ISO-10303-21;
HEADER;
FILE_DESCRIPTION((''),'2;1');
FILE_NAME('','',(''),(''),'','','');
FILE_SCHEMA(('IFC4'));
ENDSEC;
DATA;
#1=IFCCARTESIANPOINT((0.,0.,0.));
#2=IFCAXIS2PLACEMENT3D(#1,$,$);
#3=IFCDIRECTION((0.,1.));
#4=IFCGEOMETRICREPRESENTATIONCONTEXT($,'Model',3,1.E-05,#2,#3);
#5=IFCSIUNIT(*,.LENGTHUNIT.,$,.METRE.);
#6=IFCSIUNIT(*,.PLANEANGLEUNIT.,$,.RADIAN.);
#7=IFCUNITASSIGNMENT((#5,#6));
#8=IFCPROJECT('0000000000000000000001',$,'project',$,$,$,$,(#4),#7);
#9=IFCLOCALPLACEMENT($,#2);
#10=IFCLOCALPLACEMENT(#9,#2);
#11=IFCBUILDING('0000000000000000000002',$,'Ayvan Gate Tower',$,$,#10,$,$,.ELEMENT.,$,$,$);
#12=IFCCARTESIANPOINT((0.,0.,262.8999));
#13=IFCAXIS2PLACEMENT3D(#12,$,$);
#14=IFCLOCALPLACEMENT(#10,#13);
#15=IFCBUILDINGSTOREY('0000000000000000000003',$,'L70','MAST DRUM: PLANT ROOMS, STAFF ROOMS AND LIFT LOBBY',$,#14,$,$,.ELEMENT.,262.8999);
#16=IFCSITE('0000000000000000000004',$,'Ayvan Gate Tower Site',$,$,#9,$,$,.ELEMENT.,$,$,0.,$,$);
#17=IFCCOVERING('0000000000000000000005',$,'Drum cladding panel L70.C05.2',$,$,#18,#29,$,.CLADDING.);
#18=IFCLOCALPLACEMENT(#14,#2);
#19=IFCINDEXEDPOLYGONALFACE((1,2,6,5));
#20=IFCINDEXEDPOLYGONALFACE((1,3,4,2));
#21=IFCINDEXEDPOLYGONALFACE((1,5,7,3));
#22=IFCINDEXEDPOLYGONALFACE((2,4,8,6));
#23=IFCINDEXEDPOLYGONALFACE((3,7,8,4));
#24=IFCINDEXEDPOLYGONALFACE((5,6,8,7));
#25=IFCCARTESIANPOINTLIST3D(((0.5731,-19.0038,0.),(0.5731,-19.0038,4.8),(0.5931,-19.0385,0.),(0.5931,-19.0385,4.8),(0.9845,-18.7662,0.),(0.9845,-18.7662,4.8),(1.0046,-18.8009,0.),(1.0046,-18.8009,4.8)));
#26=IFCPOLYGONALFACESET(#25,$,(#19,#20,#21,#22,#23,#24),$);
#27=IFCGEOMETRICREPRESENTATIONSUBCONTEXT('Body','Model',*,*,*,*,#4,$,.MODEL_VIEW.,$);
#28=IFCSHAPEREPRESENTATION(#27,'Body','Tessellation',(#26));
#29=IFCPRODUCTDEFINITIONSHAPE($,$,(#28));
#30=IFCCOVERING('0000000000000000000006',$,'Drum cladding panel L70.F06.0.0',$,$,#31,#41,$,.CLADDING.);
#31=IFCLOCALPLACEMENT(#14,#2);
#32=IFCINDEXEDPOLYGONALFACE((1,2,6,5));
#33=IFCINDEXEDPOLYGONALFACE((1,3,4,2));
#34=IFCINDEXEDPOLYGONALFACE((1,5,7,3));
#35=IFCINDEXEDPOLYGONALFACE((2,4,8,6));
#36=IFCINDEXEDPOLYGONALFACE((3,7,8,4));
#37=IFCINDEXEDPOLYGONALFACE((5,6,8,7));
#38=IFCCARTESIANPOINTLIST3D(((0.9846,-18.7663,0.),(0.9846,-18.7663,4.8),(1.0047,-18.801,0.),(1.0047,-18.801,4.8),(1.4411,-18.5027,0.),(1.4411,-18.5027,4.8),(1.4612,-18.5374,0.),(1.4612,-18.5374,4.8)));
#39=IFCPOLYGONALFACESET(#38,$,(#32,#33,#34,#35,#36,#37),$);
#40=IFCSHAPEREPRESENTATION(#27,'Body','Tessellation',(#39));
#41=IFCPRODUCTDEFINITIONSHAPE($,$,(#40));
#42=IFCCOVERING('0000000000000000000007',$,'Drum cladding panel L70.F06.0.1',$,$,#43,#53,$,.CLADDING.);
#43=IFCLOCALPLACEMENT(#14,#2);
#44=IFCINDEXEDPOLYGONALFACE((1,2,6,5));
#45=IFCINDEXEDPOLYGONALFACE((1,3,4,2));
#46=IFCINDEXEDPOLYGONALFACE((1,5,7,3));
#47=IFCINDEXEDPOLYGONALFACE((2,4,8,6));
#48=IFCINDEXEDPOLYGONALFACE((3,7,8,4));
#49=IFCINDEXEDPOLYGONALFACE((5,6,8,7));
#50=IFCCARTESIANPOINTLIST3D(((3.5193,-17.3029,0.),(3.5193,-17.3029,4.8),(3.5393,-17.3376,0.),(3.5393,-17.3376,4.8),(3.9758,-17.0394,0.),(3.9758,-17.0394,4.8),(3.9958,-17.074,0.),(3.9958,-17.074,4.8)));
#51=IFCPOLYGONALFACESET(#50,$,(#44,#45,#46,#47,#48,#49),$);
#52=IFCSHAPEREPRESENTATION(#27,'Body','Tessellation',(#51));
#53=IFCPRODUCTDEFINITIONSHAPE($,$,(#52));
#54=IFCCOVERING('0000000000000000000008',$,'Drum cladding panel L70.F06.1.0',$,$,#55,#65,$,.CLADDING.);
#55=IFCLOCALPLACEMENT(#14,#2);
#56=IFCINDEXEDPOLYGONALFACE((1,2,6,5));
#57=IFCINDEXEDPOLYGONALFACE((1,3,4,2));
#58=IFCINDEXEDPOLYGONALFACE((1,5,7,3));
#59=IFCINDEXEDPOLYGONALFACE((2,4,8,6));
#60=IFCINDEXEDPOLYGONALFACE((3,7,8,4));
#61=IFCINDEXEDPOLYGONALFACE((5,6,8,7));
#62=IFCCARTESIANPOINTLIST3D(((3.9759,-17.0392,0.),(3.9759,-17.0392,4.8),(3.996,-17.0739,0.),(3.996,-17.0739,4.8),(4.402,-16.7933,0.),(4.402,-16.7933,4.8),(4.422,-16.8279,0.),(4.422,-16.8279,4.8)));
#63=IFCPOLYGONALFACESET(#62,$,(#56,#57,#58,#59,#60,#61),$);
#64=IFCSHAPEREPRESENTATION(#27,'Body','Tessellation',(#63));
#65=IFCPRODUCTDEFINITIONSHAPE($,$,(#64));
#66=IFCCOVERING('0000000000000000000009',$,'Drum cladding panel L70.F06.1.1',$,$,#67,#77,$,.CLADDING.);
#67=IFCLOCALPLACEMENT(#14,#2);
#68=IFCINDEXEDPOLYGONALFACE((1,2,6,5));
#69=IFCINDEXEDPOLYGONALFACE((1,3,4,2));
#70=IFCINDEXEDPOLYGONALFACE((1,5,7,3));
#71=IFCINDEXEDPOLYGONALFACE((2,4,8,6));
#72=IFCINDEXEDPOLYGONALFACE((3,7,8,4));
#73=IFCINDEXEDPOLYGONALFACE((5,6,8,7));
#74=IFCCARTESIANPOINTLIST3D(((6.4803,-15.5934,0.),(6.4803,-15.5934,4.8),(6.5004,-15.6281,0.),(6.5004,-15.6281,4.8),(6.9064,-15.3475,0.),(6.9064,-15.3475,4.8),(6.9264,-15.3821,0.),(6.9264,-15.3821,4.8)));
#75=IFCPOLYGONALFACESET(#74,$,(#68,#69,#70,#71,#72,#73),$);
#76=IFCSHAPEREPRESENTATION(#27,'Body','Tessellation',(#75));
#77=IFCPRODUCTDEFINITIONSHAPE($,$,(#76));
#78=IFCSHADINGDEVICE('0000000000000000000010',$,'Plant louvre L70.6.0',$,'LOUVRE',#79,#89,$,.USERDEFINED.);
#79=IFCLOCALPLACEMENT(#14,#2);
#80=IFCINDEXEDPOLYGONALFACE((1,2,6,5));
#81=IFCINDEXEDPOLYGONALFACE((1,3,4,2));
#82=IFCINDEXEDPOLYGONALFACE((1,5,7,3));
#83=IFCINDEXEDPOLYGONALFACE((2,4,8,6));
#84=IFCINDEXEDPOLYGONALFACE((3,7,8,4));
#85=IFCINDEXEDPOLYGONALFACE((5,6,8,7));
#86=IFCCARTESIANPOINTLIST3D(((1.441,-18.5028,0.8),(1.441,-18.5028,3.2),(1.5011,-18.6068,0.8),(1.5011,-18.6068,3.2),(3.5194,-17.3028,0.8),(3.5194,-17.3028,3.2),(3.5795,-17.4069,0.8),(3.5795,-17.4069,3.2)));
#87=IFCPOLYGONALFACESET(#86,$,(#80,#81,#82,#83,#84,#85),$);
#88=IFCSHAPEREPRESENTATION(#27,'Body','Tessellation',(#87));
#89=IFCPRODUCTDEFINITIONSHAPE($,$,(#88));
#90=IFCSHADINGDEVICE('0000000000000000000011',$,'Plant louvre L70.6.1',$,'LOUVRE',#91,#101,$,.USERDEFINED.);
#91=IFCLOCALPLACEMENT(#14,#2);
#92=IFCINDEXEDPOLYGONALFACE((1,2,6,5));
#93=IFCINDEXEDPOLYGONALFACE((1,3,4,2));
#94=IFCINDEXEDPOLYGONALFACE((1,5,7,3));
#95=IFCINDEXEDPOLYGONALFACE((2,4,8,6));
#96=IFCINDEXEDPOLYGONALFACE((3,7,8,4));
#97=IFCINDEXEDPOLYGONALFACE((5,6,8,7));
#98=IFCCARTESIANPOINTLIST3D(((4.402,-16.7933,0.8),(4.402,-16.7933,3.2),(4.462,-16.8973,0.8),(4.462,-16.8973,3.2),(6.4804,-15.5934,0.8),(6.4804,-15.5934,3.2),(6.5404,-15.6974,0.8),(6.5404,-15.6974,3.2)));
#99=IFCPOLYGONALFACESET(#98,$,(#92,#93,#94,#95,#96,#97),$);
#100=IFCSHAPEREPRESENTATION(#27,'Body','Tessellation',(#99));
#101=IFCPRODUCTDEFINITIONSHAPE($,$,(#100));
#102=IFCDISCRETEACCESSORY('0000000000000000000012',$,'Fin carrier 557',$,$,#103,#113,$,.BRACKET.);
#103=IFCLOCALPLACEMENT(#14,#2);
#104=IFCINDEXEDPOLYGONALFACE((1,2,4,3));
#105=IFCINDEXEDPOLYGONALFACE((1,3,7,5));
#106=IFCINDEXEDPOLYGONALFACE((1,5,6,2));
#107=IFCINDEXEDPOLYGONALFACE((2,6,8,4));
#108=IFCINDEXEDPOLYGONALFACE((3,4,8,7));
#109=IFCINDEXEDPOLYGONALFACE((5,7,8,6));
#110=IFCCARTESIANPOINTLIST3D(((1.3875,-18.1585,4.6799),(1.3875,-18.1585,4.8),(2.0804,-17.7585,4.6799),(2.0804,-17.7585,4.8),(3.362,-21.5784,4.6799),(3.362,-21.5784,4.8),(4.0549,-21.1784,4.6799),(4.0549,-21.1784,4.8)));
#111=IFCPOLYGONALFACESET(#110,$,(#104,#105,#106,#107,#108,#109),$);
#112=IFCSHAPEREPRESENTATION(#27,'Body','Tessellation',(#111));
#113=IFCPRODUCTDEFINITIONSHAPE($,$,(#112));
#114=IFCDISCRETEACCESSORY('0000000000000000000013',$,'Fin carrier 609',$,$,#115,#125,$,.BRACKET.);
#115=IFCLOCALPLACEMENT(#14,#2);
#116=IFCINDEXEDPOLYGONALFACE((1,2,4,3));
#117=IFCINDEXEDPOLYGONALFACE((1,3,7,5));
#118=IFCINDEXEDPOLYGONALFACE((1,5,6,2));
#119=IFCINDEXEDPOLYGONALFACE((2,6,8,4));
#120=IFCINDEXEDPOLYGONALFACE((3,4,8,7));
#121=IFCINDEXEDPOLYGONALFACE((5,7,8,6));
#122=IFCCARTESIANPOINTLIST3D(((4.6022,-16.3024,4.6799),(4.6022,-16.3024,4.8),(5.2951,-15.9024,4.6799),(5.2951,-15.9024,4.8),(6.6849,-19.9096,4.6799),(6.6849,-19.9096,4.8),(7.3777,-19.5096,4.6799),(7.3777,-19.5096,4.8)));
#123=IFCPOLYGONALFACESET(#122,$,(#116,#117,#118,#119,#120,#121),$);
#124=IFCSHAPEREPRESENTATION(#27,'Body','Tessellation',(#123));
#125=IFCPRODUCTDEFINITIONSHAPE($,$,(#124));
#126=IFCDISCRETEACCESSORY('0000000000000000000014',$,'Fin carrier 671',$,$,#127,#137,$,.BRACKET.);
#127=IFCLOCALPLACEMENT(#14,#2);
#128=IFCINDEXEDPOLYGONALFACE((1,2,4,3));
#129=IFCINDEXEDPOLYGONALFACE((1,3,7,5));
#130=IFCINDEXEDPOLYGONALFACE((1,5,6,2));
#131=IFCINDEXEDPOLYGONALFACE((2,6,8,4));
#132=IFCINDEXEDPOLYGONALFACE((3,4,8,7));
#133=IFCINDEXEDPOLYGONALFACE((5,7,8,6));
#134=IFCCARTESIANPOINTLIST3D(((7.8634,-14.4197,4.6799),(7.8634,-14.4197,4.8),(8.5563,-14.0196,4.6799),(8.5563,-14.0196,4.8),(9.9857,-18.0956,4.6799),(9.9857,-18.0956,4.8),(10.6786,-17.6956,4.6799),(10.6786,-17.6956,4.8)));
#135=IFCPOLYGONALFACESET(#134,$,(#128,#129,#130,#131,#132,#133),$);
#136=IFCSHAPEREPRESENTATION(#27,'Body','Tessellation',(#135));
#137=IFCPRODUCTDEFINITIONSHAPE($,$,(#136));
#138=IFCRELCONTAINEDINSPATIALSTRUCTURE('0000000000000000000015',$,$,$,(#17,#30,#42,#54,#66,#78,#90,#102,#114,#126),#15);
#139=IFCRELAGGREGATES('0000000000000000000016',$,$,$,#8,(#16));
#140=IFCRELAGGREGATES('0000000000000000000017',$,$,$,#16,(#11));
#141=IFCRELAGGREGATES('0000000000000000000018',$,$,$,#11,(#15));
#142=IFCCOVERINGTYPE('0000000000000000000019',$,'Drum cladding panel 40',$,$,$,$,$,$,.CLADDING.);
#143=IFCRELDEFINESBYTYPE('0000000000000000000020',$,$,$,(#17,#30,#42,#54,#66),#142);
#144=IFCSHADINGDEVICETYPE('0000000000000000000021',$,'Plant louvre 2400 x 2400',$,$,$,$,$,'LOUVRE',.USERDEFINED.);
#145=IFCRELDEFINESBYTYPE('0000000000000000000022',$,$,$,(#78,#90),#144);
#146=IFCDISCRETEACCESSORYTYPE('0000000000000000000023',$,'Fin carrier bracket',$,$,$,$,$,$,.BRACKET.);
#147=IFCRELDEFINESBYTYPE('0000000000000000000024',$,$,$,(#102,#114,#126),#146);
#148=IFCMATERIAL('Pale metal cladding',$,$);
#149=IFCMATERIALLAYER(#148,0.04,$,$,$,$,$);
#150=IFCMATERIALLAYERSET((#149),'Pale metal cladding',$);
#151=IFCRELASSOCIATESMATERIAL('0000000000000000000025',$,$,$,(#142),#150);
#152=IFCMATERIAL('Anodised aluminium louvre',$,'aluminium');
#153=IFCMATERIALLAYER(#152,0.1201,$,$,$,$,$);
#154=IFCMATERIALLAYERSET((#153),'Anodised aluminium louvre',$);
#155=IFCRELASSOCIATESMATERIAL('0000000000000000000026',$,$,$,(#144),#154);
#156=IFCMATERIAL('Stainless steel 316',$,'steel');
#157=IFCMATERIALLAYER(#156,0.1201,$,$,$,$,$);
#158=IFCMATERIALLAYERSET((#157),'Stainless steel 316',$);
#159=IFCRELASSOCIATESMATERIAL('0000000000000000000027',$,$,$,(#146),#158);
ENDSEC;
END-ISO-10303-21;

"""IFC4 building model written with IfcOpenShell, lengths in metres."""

from ifc_helpers import new_model, si_unit, direction, frame, origin, origin_2d, place, context, subcontext, project, spatial, rectangle, extrude, material, layer, layer_set, type_object, element, save


model = new_model("IFC4")

# Units and contexts
model_context = context("Model", 3, precision=1e-05, world=origin(), true_north=direction((0.0, 1.0)))
body_context = subcontext(model_context, "Body", "Model", "MODEL_VIEW")
ifc_project = project(units=[si_unit("LENGTHUNIT", "METRE"), si_unit("PLANEANGLEUNIT", "RADIAN")], contexts=[model_context])

# Site, building, storey
site_placement = place(None, origin())
site = spatial("IfcSite", under=ifc_project, at=site_placement, Name="Ayvan Gate Tower Site", CompositionType="ELEMENT", RefElevation=0.0)
building_placement = place(site_placement, origin())
building = spatial("IfcBuilding", under=site, at=building_placement, Name="Ayvan Gate Tower", CompositionType="ELEMENT")
storey_placement = place(building_placement, frame((0.0, 0.0, 262.8999)))
storey = spatial("IfcBuildingStorey", under=building, at=storey_placement, Name="L70", Description="MAST DRUM: PLANT ROOMS, STAFF ROOMS AND LIFT LOBBY", CompositionType="ELEMENT", Elevation=262.8999)

# Shared definitions
ifc_material_1 = material(Name="Anodised aluminium louvre", Category="aluminium")

# Coverings
ifc_material_2 = material(Name="Pale metal cladding")
ifc_layer_1 = layer(ifc_material_2, 0.04)
ifc_layer_set_1 = layer_set([ifc_layer_1], Name="Pale metal cladding")
covering_type = type_object("IfcCoveringType", Name="Drum cladding panel 40", PredefinedType="CLADDING", material=ifc_layer_set_1)
covering_placement = place(storey_placement, frame((0.7888, -18.9023, 0.0), z_axis=(0.0, 0.0, 1.0), x_axis=(0.866025, 0.5, 0.0)))
element("IfcCovering", 1, at=covering_placement, inside=storey, type_object=covering_type, Name="Drum cladding panel L70.C05.2", PredefinedType="CLADDING", context=body_context, shape_type="SweptSolid", body=[
    extrude(rectangle(XDim=0.4751, YDim=0.04, at=origin_2d()), origin(), (0.0, 0.0, 1.0), 4.8),
])
for number, where, z_axis, x_axis, name in (
    (2, (1.2229, -18.6519, 0.0), (0.0, 0.0, 1.0), (0.866025, 0.5, 0.0), "Drum cladding panel L70.F06.0.0"),
    (3, (3.7576, -17.1885, 0.0), (0.0, 0.0, 1.0), (0.866025, 0.5, 0.0), "Drum cladding panel L70.F06.0.1"),
):
    element("IfcCovering", number, at=place(storey_placement, frame(where, z_axis=z_axis, x_axis=x_axis)), inside=storey, type_object=covering_type, Name=name, PredefinedType="CLADDING", context=body_context, shape_type="SweptSolid", body=[
        extrude(rectangle(XDim=0.5271, YDim=0.04, at=origin_2d()), origin(), (0.0, 0.0, 1.0), 4.8),
    ])
for number, where, z_axis, x_axis, name in (
    (4, (4.199, -16.9336, 0.0), (0.0, 0.0, 1.0), (0.866025, 0.5, 0.0), "Drum cladding panel L70.F06.1.0"),
    (5, (6.7034, -15.4878, 0.0), (0.0, 0.0, 1.0), (0.866025, 0.5, 0.0), "Drum cladding panel L70.F06.1.1"),
):
    element("IfcCovering", number, at=place(storey_placement, frame(where, z_axis=z_axis, x_axis=x_axis)), inside=storey, type_object=covering_type, Name=name, PredefinedType="CLADDING", context=body_context, shape_type="SweptSolid", body=[
        extrude(rectangle(XDim=0.4919, YDim=0.04, at=origin_2d()), origin(), (0.0, 0.0, 1.0), 4.8),
    ])

# Shading devices
ifc_layer_2 = layer(ifc_material_1, 0.1201)
ifc_layer_set_2 = layer_set([ifc_layer_2], Name="Anodised aluminium louvre")
shading_device_type_1 = type_object("IfcShadingDeviceType", Name="Plant louvre 2400 x 2400", ElementType="LOUVRE", PredefinedType="USERDEFINED", material=ifc_layer_set_2)
for number, where, z_axis, x_axis, name in (
    (6, (2.5103, -17.9548, 0.8), (0.0, 0.0, 1.0), (0.866025, 0.5, 0.0), "Plant louvre L70.6.0"),
    (7, (5.4712, -16.2454, 0.8), (0.0, 0.0, 1.0), (0.866025, 0.5, 0.0), "Plant louvre L70.6.1"),
):
    element("IfcShadingDevice", number, at=place(storey_placement, frame(where, z_axis=z_axis, x_axis=x_axis)), inside=storey, type_object=shading_device_type_1, Name=name, ObjectType="LOUVRE", PredefinedType="USERDEFINED", context=body_context, shape_type="SweptSolid", body=[
        extrude(rectangle(XDim=2.3999, YDim=0.1201, at=origin_2d()), origin(), (0.0, 0.0, 1.0), 2.3999),
    ])

# Discrete accessories
ifc_material_3 = material(Name="Stainless steel 316", Category="steel")
ifc_layer_3 = layer(ifc_material_3, 0.1201)
ifc_layer_set_3 = layer_set([ifc_layer_3], Name="Stainless steel 316")
discrete_accessory_type = type_object("IfcDiscreteAccessoryType", Name="Fin carrier bracket", PredefinedType="BRACKET", material=ifc_layer_set_3)
discrete_accessory_1_placement = place(storey_placement, frame((2.7212, -19.6685, 4.6799), z_axis=(0.0, 0.0, 1.0), x_axis=(0.866025, 0.5, 0.0)))
element("IfcDiscreteAccessory", 8, at=discrete_accessory_1_placement, inside=storey, type_object=discrete_accessory_type, Name="Fin carrier 557", PredefinedType="BRACKET", context=body_context, shape_type="SweptSolid", body=[
    extrude(rectangle(XDim=0.8, YDim=3.949, at=origin_2d()), origin(), (0.0, 0.0, 1.0), 0.1201),
])
discrete_accessory_2_placement = place(storey_placement, frame((5.99, -17.906, 4.6799), z_axis=(0.0, 0.0, 1.0), x_axis=(0.866025, 0.5, 0.0)))
element("IfcDiscreteAccessory", 9, at=discrete_accessory_2_placement, inside=storey, type_object=discrete_accessory_type, Name="Fin carrier 609", PredefinedType="BRACKET", context=body_context, shape_type="SweptSolid", body=[
    extrude(rectangle(XDim=0.8, YDim=4.1653, at=origin_2d()), origin(), (0.0, 0.0, 1.0), 0.1201),
])
discrete_accessory_3_placement = place(storey_placement, frame((9.271, -16.0576, 4.6799), z_axis=(0.0, 0.0, 1.0), x_axis=(0.866025, 0.5, 0.0)))
element("IfcDiscreteAccessory", 10, at=discrete_accessory_3_placement, inside=storey, type_object=discrete_accessory_type, Name="Fin carrier 671", PredefinedType="BRACKET", context=body_context, shape_type="SweptSolid", body=[
    extrude(rectangle(XDim=0.8, YDim=4.2446, at=origin_2d()), origin(), (0.0, 0.0, 1.0), 0.1201),
])

save(model, "model.ifc")
